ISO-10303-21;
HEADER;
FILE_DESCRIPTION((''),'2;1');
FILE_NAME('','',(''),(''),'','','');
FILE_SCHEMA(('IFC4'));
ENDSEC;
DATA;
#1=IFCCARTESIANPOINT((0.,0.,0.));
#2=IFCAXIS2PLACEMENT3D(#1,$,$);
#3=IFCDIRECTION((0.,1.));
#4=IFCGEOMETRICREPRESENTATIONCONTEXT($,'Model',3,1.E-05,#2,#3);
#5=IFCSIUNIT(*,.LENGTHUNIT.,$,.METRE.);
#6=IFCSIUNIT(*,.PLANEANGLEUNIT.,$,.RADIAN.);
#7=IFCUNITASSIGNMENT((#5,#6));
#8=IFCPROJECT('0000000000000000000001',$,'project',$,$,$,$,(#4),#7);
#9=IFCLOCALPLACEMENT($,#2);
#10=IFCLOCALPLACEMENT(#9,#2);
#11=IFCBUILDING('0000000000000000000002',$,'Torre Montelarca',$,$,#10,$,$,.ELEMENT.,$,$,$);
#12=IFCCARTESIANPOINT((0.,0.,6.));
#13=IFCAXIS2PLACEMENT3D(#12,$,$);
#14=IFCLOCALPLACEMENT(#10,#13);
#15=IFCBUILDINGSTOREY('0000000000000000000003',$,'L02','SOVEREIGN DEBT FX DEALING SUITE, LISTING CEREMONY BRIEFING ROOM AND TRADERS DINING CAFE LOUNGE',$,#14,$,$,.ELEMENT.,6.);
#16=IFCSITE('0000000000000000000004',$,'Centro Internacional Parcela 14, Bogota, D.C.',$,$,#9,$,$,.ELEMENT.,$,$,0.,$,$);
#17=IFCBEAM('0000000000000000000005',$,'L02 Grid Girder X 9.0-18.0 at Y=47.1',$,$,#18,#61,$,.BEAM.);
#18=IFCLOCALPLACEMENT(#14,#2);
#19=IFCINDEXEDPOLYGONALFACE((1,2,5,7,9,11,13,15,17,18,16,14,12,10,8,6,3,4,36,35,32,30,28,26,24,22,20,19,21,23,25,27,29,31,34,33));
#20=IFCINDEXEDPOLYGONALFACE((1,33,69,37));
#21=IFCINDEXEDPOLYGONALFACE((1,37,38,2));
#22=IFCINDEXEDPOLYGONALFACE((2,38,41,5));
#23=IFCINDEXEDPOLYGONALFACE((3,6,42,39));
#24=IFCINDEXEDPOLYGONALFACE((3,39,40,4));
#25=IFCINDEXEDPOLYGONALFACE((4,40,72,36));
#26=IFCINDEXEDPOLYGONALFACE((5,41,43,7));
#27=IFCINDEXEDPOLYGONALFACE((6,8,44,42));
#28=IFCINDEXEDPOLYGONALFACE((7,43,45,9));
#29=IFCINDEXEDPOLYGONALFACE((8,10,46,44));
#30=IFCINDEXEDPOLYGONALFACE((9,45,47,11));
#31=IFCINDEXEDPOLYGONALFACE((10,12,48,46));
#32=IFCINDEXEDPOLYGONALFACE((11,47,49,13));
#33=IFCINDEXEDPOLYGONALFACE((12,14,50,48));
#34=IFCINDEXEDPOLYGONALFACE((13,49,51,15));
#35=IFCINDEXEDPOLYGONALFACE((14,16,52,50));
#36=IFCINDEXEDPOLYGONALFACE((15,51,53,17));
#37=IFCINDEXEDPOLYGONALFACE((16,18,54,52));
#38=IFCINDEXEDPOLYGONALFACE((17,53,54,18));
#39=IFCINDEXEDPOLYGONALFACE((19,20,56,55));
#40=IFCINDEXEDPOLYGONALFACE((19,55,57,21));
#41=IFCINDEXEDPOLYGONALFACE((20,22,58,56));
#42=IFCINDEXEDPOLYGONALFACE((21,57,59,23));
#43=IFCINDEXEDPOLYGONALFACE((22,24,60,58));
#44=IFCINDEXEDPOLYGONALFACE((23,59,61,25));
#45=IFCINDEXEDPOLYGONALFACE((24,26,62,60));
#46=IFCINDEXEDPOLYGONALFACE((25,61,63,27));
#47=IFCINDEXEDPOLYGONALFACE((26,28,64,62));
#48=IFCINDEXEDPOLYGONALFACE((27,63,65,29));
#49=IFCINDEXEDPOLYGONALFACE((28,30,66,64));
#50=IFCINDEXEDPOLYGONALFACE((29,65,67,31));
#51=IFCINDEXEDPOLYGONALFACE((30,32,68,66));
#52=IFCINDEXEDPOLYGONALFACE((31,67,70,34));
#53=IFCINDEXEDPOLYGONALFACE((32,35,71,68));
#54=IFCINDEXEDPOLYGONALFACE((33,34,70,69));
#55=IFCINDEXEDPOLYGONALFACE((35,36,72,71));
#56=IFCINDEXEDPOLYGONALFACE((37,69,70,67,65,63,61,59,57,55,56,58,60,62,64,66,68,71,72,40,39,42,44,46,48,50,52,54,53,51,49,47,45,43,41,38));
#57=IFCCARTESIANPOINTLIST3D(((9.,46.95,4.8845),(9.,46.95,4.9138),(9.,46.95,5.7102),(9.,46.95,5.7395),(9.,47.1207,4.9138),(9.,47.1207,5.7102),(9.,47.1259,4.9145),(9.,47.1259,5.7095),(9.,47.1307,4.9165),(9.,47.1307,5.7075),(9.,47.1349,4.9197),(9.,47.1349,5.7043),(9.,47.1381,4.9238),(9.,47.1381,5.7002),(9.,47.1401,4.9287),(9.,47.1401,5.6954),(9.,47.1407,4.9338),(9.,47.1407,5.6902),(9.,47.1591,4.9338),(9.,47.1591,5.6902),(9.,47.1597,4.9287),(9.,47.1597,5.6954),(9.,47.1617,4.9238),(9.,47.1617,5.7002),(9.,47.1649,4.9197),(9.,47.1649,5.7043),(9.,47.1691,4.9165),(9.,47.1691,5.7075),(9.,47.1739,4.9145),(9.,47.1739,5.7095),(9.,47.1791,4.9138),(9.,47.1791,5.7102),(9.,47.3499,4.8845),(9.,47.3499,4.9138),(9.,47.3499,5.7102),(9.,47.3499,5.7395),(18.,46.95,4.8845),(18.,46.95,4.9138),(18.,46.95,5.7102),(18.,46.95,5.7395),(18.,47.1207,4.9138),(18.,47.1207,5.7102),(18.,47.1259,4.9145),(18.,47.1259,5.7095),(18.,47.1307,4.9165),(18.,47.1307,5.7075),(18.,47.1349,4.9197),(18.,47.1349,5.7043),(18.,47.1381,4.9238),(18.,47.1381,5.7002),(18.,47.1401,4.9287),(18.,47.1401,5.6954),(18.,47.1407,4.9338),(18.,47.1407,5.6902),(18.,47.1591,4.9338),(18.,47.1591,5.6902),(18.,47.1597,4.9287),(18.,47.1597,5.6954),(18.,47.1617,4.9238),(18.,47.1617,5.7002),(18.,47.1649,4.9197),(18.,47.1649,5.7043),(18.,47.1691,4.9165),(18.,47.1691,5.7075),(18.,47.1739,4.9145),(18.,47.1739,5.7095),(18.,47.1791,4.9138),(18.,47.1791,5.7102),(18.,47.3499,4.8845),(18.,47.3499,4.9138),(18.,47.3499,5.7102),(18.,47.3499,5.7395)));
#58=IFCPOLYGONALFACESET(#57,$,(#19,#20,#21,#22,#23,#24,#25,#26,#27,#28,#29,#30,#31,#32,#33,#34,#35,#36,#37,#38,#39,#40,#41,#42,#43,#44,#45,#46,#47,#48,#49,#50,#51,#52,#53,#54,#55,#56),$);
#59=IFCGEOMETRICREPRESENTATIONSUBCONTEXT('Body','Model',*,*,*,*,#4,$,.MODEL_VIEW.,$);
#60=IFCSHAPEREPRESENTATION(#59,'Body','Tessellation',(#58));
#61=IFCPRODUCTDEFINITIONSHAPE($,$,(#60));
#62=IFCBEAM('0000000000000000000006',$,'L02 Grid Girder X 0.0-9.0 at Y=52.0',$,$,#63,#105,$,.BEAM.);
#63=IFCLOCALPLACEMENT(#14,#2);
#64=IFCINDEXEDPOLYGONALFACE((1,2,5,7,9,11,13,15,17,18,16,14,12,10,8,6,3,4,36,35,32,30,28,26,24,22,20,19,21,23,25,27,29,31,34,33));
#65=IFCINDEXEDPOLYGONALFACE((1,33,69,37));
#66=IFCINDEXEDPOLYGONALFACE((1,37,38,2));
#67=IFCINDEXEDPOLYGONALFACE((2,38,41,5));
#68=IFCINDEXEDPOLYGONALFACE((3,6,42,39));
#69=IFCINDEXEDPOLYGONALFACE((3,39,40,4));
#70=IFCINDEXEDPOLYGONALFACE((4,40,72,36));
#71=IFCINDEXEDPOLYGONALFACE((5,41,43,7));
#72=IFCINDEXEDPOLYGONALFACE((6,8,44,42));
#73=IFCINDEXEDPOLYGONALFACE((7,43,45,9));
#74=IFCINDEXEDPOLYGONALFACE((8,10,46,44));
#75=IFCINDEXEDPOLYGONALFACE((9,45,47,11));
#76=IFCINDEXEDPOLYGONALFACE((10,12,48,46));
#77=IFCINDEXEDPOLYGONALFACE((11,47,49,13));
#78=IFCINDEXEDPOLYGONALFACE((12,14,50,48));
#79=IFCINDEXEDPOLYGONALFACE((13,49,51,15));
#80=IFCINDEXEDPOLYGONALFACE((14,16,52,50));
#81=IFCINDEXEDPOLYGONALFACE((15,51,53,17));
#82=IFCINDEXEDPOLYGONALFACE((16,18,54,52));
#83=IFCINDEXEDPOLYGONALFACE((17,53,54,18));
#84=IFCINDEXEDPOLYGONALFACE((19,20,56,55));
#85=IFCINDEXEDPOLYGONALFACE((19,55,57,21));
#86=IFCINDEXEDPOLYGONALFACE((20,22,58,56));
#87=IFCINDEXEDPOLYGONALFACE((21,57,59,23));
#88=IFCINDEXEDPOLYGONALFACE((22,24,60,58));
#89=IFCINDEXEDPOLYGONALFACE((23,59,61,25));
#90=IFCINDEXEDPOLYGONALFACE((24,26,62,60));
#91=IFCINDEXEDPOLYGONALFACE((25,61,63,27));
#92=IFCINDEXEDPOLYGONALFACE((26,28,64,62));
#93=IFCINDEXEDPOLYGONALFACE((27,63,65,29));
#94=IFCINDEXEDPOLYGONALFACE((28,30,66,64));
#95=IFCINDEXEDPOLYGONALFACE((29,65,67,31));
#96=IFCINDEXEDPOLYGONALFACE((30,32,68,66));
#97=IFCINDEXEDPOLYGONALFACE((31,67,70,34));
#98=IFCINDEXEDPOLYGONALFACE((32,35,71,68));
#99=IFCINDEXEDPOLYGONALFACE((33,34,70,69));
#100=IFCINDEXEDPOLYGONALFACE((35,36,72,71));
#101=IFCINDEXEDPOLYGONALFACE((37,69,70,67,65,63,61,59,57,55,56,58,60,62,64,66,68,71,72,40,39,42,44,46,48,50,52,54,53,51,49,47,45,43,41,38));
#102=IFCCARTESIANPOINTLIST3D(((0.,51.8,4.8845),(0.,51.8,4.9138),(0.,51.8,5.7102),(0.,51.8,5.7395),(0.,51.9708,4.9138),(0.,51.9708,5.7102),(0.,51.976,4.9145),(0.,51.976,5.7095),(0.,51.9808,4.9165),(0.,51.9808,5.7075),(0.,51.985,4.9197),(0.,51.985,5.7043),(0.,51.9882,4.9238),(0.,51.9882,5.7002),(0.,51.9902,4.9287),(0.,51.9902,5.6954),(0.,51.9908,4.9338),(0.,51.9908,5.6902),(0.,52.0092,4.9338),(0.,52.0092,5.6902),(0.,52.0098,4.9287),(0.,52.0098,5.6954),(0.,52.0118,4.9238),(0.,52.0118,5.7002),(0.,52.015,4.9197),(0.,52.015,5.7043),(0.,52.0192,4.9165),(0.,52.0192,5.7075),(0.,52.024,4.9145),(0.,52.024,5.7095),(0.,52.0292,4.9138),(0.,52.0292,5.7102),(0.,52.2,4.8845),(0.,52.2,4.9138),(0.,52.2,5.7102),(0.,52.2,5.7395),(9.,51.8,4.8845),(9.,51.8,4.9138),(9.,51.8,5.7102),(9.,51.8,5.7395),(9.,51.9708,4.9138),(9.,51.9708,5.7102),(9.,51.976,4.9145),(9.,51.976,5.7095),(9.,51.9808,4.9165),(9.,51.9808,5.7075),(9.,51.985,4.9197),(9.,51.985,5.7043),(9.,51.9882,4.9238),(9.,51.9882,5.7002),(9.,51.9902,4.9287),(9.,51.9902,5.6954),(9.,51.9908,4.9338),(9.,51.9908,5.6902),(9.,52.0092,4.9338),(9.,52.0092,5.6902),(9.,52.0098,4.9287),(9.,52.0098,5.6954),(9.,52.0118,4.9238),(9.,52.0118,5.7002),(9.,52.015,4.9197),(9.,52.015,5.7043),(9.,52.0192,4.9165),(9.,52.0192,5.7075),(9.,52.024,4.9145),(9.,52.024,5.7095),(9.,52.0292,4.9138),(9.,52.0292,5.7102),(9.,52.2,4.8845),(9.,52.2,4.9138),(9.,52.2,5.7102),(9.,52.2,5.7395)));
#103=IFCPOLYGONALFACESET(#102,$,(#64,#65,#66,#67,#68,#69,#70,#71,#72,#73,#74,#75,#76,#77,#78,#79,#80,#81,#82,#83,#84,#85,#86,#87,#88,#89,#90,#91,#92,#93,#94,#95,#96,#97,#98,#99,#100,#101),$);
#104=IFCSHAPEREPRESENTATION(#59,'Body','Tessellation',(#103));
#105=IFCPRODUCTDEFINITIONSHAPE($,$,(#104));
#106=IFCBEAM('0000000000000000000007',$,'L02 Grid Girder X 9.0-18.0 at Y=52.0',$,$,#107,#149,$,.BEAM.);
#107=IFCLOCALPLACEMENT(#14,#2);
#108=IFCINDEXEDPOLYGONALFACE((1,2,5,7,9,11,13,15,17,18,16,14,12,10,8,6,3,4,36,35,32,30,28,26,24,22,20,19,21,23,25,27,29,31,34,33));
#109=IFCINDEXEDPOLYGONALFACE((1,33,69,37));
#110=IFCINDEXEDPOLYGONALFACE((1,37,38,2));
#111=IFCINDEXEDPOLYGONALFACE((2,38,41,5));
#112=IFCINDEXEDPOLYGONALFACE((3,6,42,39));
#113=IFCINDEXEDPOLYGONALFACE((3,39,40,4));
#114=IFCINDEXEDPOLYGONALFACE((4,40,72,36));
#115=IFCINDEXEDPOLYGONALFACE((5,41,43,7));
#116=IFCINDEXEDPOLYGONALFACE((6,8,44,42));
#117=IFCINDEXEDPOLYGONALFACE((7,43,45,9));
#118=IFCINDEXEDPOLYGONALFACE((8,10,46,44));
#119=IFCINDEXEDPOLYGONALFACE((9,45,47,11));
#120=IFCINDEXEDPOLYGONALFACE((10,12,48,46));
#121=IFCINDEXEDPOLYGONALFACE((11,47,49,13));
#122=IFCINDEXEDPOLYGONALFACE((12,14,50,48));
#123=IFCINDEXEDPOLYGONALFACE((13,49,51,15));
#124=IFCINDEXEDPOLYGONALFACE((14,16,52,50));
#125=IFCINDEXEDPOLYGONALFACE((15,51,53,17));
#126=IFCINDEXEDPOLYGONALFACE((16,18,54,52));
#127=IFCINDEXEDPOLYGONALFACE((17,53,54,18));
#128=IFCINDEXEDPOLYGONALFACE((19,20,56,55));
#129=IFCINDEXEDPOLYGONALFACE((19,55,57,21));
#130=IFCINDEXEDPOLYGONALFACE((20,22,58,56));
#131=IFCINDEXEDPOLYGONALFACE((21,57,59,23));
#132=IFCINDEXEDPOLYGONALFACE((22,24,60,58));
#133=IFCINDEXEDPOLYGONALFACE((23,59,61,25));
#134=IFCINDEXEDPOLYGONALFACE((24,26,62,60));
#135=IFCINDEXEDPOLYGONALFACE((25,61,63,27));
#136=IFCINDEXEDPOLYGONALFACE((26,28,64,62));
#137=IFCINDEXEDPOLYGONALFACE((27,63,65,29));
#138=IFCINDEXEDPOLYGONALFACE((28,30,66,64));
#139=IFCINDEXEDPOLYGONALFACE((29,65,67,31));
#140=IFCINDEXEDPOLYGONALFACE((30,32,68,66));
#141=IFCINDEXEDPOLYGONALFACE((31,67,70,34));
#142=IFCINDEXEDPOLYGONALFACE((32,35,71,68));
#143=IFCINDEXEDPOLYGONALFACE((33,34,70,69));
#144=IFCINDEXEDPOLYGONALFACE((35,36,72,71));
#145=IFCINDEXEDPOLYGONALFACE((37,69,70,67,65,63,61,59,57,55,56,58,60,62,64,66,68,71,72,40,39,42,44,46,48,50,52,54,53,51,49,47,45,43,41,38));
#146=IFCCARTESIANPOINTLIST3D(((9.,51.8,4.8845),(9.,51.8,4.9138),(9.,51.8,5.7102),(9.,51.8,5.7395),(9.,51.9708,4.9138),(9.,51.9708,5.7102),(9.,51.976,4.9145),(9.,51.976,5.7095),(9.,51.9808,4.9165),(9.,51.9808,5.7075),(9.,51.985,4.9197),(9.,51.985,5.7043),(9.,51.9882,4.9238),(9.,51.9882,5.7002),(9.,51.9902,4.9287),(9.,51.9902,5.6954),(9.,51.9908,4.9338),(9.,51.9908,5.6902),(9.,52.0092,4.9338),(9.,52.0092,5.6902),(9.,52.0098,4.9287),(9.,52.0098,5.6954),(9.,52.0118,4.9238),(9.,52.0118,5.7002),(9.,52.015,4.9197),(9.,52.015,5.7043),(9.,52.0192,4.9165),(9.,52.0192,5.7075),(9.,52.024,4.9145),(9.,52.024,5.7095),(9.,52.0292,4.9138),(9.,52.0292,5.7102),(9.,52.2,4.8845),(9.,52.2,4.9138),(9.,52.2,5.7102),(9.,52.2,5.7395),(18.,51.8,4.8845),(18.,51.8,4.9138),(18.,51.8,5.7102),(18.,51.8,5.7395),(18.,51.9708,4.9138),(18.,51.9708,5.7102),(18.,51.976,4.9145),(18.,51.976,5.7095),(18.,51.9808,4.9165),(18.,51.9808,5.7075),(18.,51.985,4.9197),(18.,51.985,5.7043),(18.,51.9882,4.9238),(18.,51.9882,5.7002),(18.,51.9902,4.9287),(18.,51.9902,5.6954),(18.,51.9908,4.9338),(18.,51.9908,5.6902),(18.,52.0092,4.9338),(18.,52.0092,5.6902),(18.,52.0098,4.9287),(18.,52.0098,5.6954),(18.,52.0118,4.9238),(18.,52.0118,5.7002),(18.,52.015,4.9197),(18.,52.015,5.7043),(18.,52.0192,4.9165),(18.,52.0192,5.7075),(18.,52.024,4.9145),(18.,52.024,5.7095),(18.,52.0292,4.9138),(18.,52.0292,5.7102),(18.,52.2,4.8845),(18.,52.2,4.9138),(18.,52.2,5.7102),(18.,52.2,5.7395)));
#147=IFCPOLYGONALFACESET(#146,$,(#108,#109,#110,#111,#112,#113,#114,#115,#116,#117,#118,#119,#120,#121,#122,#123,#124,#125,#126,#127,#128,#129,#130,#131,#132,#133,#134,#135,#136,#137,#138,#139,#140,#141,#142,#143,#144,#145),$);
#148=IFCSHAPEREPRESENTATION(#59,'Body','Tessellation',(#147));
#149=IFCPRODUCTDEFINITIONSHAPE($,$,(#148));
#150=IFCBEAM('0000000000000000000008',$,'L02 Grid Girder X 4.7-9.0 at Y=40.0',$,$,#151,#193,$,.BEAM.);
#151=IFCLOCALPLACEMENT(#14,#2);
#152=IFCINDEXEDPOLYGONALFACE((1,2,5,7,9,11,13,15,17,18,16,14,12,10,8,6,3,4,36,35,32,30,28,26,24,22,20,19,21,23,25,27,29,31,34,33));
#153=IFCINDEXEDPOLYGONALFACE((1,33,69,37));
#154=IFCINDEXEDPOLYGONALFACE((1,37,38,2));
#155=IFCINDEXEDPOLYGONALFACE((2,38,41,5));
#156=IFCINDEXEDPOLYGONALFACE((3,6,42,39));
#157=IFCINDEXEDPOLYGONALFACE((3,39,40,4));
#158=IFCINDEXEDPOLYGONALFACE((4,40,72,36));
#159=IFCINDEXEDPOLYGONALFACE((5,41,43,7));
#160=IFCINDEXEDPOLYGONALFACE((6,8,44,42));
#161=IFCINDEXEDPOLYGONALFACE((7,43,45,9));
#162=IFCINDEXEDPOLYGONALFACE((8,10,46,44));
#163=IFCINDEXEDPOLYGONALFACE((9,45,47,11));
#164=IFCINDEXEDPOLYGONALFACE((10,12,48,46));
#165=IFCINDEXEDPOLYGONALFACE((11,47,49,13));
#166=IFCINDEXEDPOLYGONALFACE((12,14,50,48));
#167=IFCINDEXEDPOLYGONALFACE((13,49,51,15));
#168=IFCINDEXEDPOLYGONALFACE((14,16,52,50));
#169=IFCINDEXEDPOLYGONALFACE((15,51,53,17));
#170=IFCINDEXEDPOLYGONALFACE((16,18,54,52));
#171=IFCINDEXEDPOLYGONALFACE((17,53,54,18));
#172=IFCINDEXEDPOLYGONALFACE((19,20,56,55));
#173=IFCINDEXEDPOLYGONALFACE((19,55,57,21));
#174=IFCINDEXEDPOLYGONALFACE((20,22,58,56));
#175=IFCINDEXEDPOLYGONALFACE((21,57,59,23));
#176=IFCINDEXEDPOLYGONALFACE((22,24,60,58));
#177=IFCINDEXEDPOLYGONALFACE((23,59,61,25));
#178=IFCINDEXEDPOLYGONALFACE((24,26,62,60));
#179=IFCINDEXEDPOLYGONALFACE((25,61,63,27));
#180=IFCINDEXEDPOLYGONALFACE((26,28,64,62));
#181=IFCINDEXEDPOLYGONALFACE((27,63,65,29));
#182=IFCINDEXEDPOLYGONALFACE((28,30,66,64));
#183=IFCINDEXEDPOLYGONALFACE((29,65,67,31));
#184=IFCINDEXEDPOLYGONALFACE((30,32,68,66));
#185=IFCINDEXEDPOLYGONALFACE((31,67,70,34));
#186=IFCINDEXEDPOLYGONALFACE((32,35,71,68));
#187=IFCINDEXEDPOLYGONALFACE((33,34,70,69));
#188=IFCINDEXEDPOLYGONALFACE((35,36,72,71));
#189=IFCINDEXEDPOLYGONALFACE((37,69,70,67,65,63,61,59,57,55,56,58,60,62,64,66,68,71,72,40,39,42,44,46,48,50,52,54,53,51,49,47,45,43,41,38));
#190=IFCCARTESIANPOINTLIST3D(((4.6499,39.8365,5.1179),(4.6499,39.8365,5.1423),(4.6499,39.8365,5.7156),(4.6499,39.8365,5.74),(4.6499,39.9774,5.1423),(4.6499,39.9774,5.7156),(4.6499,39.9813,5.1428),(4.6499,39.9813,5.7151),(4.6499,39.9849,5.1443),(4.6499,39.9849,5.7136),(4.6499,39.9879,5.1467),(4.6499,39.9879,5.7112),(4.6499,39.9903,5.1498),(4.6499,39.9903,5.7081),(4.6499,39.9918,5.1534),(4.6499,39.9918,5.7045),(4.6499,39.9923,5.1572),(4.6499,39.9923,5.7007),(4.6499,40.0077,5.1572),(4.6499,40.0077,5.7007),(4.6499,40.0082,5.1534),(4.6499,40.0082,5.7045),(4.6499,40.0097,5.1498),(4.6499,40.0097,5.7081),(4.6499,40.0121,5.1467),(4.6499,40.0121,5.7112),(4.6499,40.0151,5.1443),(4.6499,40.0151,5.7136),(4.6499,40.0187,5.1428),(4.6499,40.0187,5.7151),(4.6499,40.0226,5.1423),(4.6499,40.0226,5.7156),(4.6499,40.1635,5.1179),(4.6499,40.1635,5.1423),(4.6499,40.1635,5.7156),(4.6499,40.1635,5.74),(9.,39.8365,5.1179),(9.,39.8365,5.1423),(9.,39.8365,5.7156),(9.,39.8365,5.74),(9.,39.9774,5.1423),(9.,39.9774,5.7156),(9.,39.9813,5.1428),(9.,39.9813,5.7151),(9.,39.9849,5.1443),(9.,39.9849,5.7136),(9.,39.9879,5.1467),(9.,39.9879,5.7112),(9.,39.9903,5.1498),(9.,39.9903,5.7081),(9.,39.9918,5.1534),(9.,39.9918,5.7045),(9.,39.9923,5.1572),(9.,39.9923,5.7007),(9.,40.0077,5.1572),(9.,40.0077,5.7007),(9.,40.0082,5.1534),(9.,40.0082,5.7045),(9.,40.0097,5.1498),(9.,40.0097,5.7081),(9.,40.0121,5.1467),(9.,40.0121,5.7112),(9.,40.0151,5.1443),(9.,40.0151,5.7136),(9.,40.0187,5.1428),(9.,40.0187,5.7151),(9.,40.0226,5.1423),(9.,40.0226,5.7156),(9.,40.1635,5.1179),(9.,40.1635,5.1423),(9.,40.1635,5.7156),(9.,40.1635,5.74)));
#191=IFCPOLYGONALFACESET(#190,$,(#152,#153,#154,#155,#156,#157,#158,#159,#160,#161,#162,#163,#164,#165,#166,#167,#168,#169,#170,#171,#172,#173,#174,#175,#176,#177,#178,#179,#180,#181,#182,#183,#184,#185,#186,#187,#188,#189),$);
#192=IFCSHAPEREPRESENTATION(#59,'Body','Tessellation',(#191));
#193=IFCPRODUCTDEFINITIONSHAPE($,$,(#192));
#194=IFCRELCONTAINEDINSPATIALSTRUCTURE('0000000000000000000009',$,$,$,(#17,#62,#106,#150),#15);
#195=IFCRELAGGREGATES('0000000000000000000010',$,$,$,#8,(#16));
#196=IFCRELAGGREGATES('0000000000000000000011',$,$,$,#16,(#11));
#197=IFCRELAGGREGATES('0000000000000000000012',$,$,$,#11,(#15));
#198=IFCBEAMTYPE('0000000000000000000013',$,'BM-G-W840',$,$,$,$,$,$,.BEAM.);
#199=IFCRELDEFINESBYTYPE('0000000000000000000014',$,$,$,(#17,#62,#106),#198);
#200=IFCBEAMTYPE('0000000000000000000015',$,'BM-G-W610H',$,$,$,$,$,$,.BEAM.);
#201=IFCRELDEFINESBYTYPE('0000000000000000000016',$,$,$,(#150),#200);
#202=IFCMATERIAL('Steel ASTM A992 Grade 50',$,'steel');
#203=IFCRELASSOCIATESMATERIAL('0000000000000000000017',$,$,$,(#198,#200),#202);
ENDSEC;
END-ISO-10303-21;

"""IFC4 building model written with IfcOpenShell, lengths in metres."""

from ifc_helpers import new_model, si_unit, direction, frame, origin, origin_2d, place, context, subcontext, project, spatial, i_section, extrude, source, transform, mapped, material, material_profile, profile_set, type_object, element, save


model = new_model("IFC4")

# Units and contexts
model_context = context("Model", 3, precision=1e-05, world=origin(), true_north=direction((0.0, 1.0)))
body_context = subcontext(model_context, "Body", "Model", "MODEL_VIEW")
ifc_project = project(units=[si_unit("LENGTHUNIT", "METRE"), si_unit("PLANEANGLEUNIT", "RADIAN")], contexts=[model_context])

# Site, building, storey
site_placement = place(None, origin())
site = spatial("IfcSite", under=ifc_project, at=site_placement, Name="Centro Internacional Parcela 14, Bogota, D.C.", CompositionType="ELEMENT", RefElevation=0.0)
building_placement = place(site_placement, origin())
building = spatial("IfcBuilding", under=site, at=building_placement, Name="Torre Montelarca", CompositionType="ELEMENT")
storey_placement = place(building_placement, frame((0.0, 0.0, 6.0)))
storey = spatial("IfcBuildingStorey", under=building, at=storey_placement, Name="L02", Description="SOVEREIGN DEBT FX DEALING SUITE, LISTING CEREMONY BRIEFING ROOM AND TRADERS DINING CAFE LOUNGE", CompositionType="ELEMENT", Elevation=6.0)

# Beams
ifc_material_1 = material(Name="Steel ASTM A992 Grade 50", Category="steel")
ifc_material_profile_1 = material_profile(ifc_material_1, i_section(OverallWidth=0.3999, OverallDepth=0.855, WebThickness=0.0183, FlangeThickness=0.0293, FilletRadius=0.02, at=origin_2d()), Name="W840X299", Category="steel")
ifc_profile_set_1 = profile_set([ifc_material_profile_1], Name="Steel ASTM A992 Grade 50")
beam_type_1 = type_object("IfcBeamType", Name="BM-G-W840", PredefinedType="BEAM", material=ifc_profile_set_1)
shared_shape_1 = source(origin(), body_context, "Body", "SweptSolid", [
    extrude(i_section(OverallWidth=0.3999, OverallDepth=0.855, WebThickness=0.0183, FlangeThickness=0.0293, FilletRadius=0.02, at=origin_2d()), origin(), (0.0, 0.0, 1.0), 9.0),
])
for number, where, z_axis, x_axis, name in (
    (1, (9.0, 47.1499, 5.312), (1.0, 0.0, 0.0), (0.0, 1.0, 0.0), "L02 Grid Girder X 9.0-18.0 at Y=47.1"),
    (2, (0.0, 52.0, 5.312), (1.0, 0.0, 0.0), (0.0, 1.0, 0.0), "L02 Grid Girder X 0.0-9.0 at Y=52.0"),
    (3, (9.0, 52.0, 5.312), (1.0, 0.0, 0.0), (0.0, 1.0, 0.0), "L02 Grid Girder X 9.0-18.0 at Y=52.0"),
):
    element("IfcBeam", number, at=place(storey_placement, frame(where, z_axis=z_axis, x_axis=x_axis)), inside=storey, type_object=beam_type_1, Name=name, PredefinedType="BEAM", context=body_context, shape_type="MappedRepresentation", body=[
        mapped(shared_shape_1, transform((0.0, 0.0, 0.0), scale=1.0)),
    ])
ifc_material_profile_2 = material_profile(ifc_material_1, i_section(OverallWidth=0.3269, OverallDepth=0.6221, WebThickness=0.0154, FlangeThickness=0.0244, FilletRadius=0.0149, at=origin_2d()), Name="W610X195", Category="steel")
ifc_profile_set_2 = profile_set([ifc_material_profile_2], Name="Steel ASTM A992 Grade 50")
beam_type_2 = type_object("IfcBeamType", Name="BM-G-W610H", PredefinedType="BEAM", material=ifc_profile_set_2)
shared_shape_2 = source(origin(), body_context, "Body", "SweptSolid", [
    extrude(i_section(OverallWidth=0.3269, OverallDepth=0.6221, WebThickness=0.0154, FlangeThickness=0.0244, FilletRadius=0.0149, at=origin_2d()), origin(), (0.0, 0.0, 1.0), 4.3501),
])
for number, where, z_axis, x_axis, name in (
    (4, (4.6499, 40.0, 5.429), (1.0, 0.0, 0.0), (0.0, 1.0, 0.0), "L02 Grid Girder X 4.7-9.0 at Y=40.0"),
):
    element("IfcBeam", number, at=place(storey_placement, frame(where, z_axis=z_axis, x_axis=x_axis)), inside=storey, type_object=beam_type_2, Name=name, PredefinedType="BEAM", context=body_context, shape_type="MappedRepresentation", body=[
        mapped(shared_shape_2, transform((0.0, 0.0, 0.0), scale=1.0)),
    ])

save(model, "model.ifc")
